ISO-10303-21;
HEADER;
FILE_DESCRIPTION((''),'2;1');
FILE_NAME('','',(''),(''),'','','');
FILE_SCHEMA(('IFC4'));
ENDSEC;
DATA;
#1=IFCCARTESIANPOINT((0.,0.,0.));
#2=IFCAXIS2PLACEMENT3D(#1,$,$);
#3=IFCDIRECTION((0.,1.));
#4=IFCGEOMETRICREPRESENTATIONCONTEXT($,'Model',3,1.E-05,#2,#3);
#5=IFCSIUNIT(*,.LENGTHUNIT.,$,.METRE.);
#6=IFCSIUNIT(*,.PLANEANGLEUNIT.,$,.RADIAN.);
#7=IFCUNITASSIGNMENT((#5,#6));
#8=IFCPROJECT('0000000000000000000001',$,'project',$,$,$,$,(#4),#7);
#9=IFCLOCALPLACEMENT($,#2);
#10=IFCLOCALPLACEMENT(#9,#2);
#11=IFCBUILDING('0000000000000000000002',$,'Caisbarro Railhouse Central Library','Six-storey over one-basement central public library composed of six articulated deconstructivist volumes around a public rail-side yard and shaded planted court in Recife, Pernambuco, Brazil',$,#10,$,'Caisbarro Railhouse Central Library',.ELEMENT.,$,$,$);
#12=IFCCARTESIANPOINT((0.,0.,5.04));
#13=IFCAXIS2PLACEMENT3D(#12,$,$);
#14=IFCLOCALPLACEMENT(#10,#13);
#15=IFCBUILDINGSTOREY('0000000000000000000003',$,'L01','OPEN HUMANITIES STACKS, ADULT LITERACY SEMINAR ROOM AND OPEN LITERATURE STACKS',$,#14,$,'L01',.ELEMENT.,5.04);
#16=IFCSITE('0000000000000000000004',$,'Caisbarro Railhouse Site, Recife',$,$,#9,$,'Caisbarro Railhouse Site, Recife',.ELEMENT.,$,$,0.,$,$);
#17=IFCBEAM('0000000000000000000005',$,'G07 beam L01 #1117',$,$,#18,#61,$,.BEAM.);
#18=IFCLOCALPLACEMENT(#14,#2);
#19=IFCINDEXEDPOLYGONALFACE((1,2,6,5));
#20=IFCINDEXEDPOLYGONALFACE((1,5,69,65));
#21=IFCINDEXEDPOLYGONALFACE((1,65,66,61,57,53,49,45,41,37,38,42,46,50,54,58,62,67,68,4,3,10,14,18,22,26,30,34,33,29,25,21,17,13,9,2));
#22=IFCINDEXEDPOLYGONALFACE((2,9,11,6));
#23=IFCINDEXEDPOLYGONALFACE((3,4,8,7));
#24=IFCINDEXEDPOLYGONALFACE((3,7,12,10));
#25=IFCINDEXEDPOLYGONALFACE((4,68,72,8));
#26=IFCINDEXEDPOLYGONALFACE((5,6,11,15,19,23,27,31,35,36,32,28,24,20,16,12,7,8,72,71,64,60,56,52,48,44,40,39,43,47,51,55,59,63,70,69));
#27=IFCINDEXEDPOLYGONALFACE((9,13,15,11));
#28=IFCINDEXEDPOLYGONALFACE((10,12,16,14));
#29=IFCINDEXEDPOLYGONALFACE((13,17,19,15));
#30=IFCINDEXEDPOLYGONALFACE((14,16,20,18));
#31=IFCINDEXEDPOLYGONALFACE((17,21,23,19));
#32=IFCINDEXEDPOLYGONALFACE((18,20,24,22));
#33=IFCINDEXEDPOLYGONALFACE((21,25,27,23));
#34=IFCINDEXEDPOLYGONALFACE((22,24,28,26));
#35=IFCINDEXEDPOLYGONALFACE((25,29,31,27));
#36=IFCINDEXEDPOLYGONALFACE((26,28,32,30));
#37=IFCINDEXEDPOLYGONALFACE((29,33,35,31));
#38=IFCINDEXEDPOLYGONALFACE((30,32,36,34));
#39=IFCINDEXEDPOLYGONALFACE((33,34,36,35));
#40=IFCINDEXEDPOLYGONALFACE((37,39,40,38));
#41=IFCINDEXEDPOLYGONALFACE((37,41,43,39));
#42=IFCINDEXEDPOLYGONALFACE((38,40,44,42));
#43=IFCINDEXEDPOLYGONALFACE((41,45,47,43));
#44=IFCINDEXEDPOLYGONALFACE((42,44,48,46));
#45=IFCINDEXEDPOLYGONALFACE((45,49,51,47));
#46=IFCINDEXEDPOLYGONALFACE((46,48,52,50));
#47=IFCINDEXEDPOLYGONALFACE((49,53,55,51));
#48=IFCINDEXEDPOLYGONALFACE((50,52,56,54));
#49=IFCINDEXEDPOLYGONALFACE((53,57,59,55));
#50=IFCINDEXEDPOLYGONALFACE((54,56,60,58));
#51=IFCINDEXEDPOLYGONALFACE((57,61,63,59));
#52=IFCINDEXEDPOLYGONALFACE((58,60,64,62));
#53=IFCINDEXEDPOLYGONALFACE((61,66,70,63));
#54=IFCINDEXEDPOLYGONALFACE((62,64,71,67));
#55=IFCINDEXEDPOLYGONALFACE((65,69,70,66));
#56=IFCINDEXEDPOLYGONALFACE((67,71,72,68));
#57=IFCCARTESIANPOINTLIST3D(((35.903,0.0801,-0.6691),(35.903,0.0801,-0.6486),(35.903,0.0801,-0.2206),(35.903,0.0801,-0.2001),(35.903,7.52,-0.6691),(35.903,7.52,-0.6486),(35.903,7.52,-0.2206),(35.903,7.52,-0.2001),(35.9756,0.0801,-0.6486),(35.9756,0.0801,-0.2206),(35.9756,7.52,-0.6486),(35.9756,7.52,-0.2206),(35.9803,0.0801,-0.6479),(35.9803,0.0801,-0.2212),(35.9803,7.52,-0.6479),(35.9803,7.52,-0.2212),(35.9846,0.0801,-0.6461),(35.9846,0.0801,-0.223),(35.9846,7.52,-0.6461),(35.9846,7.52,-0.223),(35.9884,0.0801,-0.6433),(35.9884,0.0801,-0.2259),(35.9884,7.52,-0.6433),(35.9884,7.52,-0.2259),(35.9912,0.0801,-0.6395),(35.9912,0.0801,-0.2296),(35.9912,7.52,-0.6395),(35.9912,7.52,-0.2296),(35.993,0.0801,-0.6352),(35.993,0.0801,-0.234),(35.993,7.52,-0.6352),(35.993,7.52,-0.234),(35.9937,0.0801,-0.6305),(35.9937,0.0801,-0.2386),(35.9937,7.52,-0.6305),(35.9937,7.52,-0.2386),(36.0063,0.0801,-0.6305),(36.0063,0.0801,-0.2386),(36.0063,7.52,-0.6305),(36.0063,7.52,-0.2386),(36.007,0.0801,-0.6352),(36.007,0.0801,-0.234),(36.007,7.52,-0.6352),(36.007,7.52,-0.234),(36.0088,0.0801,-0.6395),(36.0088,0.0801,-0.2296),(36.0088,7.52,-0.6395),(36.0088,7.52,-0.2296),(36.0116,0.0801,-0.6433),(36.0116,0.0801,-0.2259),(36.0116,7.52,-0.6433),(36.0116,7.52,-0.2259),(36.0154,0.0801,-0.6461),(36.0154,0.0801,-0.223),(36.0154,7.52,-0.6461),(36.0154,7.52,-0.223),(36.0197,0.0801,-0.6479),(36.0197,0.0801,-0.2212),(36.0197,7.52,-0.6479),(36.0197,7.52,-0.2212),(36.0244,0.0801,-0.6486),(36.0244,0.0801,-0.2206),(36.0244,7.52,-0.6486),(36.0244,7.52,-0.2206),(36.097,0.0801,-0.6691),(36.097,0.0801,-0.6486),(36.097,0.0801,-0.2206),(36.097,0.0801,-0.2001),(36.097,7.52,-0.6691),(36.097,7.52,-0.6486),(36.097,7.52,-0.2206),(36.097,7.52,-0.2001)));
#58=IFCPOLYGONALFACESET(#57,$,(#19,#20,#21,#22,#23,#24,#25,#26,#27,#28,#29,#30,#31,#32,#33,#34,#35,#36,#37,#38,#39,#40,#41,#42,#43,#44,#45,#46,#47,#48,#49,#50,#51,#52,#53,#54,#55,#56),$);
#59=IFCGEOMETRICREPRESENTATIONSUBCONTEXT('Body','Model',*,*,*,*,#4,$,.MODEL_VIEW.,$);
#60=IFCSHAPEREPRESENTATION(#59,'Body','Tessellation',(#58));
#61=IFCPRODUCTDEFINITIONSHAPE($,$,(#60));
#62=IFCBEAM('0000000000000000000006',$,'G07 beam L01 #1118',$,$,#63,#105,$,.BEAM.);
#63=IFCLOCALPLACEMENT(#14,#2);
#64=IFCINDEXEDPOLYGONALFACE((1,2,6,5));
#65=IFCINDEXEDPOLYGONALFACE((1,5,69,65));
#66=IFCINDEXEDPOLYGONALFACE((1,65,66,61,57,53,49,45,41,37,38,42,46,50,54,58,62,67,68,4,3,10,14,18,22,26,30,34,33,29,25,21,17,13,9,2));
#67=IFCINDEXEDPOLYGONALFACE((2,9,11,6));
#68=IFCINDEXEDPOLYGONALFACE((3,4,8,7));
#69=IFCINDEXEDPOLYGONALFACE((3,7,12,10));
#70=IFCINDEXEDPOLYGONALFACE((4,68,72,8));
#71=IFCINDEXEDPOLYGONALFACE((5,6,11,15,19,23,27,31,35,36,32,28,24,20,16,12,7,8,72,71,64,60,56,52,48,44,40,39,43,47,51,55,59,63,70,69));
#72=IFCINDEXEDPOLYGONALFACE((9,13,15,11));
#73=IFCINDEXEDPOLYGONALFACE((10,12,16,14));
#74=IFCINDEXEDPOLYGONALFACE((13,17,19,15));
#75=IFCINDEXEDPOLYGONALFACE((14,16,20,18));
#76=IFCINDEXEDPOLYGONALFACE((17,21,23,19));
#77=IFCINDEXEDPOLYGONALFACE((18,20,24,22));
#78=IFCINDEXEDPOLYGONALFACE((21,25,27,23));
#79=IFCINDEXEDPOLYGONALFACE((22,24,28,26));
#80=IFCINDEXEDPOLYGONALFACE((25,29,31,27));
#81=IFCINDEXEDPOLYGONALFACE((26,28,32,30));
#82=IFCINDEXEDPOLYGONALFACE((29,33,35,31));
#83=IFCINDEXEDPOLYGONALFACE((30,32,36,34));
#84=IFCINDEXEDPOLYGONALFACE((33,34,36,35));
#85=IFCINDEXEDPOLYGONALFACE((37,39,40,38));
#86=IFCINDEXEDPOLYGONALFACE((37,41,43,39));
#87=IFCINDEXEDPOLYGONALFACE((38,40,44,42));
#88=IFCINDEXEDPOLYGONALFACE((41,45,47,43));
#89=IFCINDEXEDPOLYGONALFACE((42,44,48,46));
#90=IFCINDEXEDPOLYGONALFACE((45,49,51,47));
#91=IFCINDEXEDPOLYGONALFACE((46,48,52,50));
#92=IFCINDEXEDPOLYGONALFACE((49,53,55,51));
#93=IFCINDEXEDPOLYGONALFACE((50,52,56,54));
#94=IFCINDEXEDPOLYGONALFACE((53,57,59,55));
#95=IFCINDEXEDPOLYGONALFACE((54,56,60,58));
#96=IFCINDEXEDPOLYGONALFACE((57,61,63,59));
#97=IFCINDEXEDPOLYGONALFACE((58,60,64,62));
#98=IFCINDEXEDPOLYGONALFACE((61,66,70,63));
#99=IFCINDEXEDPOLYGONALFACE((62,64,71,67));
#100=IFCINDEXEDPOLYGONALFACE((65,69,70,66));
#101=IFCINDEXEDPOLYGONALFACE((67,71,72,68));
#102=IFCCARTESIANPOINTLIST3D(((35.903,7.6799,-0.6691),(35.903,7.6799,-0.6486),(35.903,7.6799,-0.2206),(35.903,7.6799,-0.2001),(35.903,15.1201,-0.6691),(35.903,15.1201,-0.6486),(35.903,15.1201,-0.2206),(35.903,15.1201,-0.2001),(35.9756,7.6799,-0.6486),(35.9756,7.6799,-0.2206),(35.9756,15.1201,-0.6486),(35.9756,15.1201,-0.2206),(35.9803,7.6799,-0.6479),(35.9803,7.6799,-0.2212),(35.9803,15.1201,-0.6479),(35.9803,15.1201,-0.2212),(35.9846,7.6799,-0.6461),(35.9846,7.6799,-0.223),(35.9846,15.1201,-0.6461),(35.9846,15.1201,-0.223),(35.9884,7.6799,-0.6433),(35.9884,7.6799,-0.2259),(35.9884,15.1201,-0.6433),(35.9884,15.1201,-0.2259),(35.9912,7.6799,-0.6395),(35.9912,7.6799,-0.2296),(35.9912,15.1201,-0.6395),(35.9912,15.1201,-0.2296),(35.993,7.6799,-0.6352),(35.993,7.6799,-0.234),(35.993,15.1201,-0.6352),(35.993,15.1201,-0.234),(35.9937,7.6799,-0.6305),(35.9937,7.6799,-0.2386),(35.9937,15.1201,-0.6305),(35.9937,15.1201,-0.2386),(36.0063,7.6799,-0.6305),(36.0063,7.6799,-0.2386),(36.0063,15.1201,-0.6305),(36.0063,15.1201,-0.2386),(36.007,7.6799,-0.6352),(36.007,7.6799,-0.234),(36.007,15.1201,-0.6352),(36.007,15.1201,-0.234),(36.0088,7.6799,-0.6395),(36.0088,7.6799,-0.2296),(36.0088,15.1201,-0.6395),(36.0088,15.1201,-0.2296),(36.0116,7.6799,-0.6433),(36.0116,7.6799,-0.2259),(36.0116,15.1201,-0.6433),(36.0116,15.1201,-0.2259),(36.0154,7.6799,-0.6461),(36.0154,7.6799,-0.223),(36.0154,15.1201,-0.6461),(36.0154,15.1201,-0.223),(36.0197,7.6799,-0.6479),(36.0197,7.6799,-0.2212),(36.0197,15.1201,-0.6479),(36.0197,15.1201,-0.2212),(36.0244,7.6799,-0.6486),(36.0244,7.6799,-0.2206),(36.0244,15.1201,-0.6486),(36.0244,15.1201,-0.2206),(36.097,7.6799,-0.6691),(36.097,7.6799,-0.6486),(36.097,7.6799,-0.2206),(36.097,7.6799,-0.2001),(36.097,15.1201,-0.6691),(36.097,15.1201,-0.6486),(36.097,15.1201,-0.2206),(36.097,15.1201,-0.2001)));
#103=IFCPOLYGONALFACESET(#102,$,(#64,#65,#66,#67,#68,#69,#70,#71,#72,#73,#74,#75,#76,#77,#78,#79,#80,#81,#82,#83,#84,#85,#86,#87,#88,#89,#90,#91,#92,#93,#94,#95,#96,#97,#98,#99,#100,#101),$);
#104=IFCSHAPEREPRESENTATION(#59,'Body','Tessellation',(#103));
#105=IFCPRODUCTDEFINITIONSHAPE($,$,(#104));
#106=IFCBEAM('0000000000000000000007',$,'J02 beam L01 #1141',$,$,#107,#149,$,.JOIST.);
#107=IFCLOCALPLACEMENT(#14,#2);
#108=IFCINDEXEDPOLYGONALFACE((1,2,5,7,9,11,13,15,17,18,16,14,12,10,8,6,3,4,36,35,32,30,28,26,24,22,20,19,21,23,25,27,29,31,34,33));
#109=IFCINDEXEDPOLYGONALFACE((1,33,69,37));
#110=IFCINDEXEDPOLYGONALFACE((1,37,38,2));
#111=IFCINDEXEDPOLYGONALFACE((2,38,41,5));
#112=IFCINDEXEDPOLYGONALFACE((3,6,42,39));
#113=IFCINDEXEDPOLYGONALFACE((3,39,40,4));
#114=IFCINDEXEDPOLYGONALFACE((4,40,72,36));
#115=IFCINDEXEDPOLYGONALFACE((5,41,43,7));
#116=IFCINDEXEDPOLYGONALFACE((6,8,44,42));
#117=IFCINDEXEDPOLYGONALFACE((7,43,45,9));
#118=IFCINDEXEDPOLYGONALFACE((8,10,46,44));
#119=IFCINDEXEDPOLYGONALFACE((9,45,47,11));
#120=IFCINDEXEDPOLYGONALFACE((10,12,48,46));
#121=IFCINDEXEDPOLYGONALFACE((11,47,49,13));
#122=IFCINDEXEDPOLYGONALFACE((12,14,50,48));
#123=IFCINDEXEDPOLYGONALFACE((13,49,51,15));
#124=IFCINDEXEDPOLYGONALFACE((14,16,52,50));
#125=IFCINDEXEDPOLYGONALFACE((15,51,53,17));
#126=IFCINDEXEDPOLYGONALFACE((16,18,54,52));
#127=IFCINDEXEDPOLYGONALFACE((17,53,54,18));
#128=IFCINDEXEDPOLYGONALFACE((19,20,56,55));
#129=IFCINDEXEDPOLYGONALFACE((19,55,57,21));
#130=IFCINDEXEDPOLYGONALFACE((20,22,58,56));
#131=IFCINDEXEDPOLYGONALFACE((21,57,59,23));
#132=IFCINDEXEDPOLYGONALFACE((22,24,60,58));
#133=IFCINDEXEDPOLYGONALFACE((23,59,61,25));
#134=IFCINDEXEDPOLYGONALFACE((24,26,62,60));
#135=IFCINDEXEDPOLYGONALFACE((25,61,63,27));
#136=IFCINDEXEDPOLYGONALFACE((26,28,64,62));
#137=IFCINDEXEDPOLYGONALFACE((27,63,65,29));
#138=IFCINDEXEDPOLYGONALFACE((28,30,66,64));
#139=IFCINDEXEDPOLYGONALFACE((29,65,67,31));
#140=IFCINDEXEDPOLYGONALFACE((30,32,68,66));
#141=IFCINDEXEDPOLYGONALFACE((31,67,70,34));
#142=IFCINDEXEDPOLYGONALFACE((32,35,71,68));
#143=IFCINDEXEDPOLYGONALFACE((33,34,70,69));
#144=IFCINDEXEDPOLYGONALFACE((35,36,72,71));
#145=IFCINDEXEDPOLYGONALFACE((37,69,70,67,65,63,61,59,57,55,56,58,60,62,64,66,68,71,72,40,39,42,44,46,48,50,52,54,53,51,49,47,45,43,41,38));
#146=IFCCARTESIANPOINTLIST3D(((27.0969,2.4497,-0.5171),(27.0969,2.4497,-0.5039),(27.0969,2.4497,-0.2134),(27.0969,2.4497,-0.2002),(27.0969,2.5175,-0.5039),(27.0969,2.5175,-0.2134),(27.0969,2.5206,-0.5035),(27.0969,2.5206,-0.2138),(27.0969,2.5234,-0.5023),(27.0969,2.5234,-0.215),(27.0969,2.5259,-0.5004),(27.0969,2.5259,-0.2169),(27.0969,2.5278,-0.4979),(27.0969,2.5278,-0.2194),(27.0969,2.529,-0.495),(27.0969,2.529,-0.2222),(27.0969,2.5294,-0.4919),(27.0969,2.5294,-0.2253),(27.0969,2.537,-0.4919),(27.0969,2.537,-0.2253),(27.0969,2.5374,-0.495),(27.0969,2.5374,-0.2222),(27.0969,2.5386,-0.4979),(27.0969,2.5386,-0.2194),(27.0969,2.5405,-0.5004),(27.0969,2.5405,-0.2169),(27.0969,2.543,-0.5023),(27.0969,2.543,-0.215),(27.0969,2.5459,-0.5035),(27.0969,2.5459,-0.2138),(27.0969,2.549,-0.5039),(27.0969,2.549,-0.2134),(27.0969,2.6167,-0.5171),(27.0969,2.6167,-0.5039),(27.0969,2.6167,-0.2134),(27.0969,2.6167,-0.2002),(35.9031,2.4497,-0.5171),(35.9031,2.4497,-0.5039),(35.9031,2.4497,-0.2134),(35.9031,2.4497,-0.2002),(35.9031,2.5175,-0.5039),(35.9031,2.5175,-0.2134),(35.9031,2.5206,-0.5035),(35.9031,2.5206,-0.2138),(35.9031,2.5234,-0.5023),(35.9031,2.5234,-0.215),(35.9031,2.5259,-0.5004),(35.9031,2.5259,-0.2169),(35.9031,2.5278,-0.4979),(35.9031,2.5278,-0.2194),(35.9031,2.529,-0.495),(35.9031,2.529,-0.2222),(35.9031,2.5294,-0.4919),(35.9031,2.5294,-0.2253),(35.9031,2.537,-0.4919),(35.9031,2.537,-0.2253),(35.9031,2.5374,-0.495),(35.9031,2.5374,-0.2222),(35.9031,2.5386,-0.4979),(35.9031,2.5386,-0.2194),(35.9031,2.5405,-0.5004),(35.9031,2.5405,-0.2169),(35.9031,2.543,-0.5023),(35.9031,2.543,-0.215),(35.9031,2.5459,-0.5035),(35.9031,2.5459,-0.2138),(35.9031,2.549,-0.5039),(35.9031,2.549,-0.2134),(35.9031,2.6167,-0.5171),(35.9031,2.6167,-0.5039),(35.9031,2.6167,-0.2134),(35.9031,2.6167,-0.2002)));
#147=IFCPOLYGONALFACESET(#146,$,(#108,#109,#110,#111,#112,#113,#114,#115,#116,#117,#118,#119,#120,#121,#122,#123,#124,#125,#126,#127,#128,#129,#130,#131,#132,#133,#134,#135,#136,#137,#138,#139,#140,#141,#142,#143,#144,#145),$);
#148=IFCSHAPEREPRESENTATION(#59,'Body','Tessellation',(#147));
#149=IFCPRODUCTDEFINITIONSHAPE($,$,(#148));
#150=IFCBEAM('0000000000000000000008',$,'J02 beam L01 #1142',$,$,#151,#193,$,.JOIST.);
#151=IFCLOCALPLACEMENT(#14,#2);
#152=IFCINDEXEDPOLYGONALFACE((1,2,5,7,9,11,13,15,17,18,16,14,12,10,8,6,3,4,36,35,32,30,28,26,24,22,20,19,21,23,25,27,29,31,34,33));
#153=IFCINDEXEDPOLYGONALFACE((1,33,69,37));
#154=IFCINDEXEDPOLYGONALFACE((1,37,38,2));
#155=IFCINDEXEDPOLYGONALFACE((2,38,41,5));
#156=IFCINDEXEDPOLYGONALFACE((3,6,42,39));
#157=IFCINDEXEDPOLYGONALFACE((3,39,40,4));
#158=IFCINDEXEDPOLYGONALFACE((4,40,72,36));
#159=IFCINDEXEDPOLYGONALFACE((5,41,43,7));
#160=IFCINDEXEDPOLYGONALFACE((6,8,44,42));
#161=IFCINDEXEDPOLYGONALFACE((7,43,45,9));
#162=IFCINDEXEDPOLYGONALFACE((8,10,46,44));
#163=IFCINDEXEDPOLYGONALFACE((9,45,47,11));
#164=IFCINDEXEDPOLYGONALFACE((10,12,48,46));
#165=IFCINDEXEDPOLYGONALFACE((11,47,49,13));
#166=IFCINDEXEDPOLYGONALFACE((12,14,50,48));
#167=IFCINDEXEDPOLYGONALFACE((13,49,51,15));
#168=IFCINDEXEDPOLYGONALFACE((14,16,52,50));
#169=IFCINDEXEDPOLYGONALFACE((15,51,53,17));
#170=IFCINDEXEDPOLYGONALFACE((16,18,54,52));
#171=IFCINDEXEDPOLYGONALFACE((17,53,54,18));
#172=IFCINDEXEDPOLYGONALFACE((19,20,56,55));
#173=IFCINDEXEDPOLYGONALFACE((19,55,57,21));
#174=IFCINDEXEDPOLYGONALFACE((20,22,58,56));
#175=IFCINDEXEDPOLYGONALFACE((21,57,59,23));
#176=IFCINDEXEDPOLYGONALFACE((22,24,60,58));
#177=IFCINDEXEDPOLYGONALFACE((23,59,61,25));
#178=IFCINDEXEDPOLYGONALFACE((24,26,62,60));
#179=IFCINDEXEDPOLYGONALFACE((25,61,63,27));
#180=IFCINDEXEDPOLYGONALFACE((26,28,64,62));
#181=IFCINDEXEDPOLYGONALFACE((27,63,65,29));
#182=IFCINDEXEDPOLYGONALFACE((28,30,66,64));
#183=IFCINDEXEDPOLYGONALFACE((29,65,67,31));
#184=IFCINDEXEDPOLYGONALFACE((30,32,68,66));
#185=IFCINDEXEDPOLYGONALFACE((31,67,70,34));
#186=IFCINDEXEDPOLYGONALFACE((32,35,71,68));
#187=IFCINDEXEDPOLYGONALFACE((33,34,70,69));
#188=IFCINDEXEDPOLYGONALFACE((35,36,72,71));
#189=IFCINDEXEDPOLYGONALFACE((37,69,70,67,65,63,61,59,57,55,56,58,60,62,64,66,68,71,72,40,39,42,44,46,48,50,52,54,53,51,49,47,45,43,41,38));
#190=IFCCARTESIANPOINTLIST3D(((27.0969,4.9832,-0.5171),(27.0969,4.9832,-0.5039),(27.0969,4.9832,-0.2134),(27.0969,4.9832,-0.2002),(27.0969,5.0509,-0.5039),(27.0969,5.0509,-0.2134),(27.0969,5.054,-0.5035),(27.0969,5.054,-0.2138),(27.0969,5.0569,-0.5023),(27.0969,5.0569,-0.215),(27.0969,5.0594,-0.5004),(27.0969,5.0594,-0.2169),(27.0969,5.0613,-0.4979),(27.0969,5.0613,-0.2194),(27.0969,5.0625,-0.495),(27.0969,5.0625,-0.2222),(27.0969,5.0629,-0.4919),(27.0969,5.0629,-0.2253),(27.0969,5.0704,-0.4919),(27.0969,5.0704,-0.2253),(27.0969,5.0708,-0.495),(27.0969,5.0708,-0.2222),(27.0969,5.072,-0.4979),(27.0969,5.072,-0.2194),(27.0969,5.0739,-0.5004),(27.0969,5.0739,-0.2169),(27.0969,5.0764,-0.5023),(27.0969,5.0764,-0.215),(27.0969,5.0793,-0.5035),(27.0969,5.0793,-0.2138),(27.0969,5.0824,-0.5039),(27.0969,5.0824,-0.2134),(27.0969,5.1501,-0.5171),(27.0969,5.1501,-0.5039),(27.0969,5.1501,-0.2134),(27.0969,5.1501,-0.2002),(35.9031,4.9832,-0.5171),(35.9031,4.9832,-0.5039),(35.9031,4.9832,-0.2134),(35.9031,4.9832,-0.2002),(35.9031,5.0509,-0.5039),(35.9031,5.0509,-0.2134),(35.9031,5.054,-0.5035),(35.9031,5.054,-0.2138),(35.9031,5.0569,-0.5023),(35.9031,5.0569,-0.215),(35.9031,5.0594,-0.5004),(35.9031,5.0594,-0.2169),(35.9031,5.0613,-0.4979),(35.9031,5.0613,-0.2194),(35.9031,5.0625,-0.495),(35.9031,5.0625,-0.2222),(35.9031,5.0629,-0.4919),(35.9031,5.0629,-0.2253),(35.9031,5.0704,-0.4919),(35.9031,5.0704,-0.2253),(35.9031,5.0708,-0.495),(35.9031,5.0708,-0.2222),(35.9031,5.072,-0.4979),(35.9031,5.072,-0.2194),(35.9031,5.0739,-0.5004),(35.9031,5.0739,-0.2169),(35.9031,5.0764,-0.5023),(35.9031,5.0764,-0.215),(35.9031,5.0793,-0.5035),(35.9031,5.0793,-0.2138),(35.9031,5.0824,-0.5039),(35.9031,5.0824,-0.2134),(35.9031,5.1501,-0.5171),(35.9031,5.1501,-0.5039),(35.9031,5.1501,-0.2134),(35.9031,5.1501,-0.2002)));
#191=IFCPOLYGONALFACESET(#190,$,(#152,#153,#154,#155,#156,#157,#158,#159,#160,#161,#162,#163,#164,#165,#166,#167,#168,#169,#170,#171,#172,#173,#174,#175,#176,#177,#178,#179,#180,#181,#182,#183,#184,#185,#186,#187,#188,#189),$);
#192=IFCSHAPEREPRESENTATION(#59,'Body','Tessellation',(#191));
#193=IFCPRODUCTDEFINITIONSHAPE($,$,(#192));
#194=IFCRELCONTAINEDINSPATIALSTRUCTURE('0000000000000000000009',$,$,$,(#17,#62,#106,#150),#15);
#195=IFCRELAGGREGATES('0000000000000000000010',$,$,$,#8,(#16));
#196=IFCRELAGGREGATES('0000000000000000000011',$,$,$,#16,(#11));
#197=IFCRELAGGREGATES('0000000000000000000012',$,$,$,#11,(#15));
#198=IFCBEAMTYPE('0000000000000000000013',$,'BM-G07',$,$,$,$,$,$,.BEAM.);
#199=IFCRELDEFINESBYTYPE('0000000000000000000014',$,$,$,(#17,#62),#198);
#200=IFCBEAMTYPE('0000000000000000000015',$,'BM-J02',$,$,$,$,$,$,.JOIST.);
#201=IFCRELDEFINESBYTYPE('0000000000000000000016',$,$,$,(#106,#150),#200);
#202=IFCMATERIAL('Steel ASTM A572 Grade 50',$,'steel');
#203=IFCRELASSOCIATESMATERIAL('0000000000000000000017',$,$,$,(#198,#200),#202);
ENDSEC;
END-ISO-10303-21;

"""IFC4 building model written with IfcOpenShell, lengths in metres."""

from ifc_helpers import new_model, si_unit, direction, frame, origin, origin_2d, place, context, subcontext, project, spatial, i_section, extrude, material, material_profile, profile_set, type_object, element, save


model = new_model("IFC4")

# Units and contexts
model_context = context("Model", 3, precision=1e-05, world=origin(), true_north=direction((0.0, 1.0)))
body_context = subcontext(model_context, "Body", "Model", "MODEL_VIEW")
ifc_project = project(units=[si_unit("LENGTHUNIT", "METRE"), si_unit("PLANEANGLEUNIT", "RADIAN")], contexts=[model_context])

# Site, building, storey
site_placement = place(None, origin())
site = spatial("IfcSite", under=ifc_project, at=site_placement, Name="Caisbarro Railhouse Site, Recife", LongName="Caisbarro Railhouse Site, Recife", CompositionType="ELEMENT", RefElevation=0.0)
building_placement = place(site_placement, origin())
building = spatial("IfcBuilding", under=site, at=building_placement, Name="Caisbarro Railhouse Central Library", Description="Six-storey over one-basement central public library composed of six articulated deconstructivist volumes around a public rail-side yard and shaded planted court in Recife, Pernambuco, Brazil", LongName="Caisbarro Railhouse Central Library", CompositionType="ELEMENT")
storey_placement = place(building_placement, frame((0.0, 0.0, 5.04)))
storey = spatial("IfcBuildingStorey", under=building, at=storey_placement, Name="L01", Description="OPEN HUMANITIES STACKS, ADULT LITERACY SEMINAR ROOM AND OPEN LITERATURE STACKS", LongName="L01", CompositionType="ELEMENT", Elevation=5.04)

# Shared definitions
ifc_material_1 = material(Name="Steel ASTM A572 Grade 50", Category="steel")

# Beams
ifc_material_profile_1 = material_profile(ifc_material_1, i_section(OverallWidth=0.1941, OverallDepth=0.469, WebThickness=0.0127, FlangeThickness=0.0205, FilletRadius=0.0181, at=origin_2d()), Name="W460X106.0")
ifc_profile_set_1 = profile_set([ifc_material_profile_1], Name="Steel ASTM A572 Grade 50")
beam_type_1 = type_object("IfcBeamType", Name="BM-G07", PredefinedType="BEAM", material=ifc_profile_set_1)
beam_1_placement = place(storey_placement, frame((36.0, 0.0801, -0.4346), z_axis=(0.0, 1.0, 0.0), x_axis=(-1.0, 0.0, 0.0)))
element("IfcBeam", 1, at=beam_1_placement, inside=storey, type_object=beam_type_1, Name="G07 beam L01 #1117", PredefinedType="BEAM", context=body_context, shape_type="SweptSolid", body=[
    extrude(i_section(OverallWidth=0.1941, OverallDepth=0.469, WebThickness=0.0127, FlangeThickness=0.0205, FilletRadius=0.0181, at=origin_2d()), origin(), (0.0, 0.0, 1.0), 7.4399),
])
beam_2_placement = place(storey_placement, frame((36.0, 7.6799, -0.4346), z_axis=(0.0, 1.0, 0.0), x_axis=(-1.0, 0.0, 0.0)))
element("IfcBeam", 2, at=beam_2_placement, inside=storey, type_object=beam_type_1, Name="G07 beam L01 #1118", PredefinedType="BEAM", context=body_context, shape_type="SweptSolid", body=[
    extrude(i_section(OverallWidth=0.1941, OverallDepth=0.469, WebThickness=0.0127, FlangeThickness=0.0205, FilletRadius=0.0181, at=origin_2d()), origin(), (0.0, 0.0, 1.0), 7.4402),
])
ifc_material_profile_2 = material_profile(ifc_material_1, i_section(OverallWidth=0.167, OverallDepth=0.3169, WebThickness=0.0076, FlangeThickness=0.0132, FilletRadius=0.012, at=origin_2d()), Name="W310X52.0")
ifc_profile_set_2 = profile_set([ifc_material_profile_2], Name="Steel ASTM A572 Grade 50")
beam_type_2 = type_object("IfcBeamType", Name="BM-J02", PredefinedType="JOIST", material=ifc_profile_set_2)
for number, where, z_axis, x_axis, name in (
    (3, (27.0969, 2.5332, -0.3586), (1.0, 0.0, 0.0), (0.0, 1.0, 0.0), "J02 beam L01 #1141"),
    (4, (27.0969, 5.0667, -0.3586), (1.0, 0.0, 0.0), (0.0, 1.0, 0.0), "J02 beam L01 #1142"),
):
    element("IfcBeam", number, at=place(storey_placement, frame(where, z_axis=z_axis, x_axis=x_axis)), inside=storey, type_object=beam_type_2, Name=name, PredefinedType="JOIST", context=body_context, shape_type="SweptSolid", body=[
        extrude(i_section(OverallWidth=0.167, OverallDepth=0.3169, WebThickness=0.0076, FlangeThickness=0.0132, FilletRadius=0.012, at=origin_2d()), origin(), (0.0, 0.0, 1.0), 8.8062),
    ])

save(model, "model.ifc")
